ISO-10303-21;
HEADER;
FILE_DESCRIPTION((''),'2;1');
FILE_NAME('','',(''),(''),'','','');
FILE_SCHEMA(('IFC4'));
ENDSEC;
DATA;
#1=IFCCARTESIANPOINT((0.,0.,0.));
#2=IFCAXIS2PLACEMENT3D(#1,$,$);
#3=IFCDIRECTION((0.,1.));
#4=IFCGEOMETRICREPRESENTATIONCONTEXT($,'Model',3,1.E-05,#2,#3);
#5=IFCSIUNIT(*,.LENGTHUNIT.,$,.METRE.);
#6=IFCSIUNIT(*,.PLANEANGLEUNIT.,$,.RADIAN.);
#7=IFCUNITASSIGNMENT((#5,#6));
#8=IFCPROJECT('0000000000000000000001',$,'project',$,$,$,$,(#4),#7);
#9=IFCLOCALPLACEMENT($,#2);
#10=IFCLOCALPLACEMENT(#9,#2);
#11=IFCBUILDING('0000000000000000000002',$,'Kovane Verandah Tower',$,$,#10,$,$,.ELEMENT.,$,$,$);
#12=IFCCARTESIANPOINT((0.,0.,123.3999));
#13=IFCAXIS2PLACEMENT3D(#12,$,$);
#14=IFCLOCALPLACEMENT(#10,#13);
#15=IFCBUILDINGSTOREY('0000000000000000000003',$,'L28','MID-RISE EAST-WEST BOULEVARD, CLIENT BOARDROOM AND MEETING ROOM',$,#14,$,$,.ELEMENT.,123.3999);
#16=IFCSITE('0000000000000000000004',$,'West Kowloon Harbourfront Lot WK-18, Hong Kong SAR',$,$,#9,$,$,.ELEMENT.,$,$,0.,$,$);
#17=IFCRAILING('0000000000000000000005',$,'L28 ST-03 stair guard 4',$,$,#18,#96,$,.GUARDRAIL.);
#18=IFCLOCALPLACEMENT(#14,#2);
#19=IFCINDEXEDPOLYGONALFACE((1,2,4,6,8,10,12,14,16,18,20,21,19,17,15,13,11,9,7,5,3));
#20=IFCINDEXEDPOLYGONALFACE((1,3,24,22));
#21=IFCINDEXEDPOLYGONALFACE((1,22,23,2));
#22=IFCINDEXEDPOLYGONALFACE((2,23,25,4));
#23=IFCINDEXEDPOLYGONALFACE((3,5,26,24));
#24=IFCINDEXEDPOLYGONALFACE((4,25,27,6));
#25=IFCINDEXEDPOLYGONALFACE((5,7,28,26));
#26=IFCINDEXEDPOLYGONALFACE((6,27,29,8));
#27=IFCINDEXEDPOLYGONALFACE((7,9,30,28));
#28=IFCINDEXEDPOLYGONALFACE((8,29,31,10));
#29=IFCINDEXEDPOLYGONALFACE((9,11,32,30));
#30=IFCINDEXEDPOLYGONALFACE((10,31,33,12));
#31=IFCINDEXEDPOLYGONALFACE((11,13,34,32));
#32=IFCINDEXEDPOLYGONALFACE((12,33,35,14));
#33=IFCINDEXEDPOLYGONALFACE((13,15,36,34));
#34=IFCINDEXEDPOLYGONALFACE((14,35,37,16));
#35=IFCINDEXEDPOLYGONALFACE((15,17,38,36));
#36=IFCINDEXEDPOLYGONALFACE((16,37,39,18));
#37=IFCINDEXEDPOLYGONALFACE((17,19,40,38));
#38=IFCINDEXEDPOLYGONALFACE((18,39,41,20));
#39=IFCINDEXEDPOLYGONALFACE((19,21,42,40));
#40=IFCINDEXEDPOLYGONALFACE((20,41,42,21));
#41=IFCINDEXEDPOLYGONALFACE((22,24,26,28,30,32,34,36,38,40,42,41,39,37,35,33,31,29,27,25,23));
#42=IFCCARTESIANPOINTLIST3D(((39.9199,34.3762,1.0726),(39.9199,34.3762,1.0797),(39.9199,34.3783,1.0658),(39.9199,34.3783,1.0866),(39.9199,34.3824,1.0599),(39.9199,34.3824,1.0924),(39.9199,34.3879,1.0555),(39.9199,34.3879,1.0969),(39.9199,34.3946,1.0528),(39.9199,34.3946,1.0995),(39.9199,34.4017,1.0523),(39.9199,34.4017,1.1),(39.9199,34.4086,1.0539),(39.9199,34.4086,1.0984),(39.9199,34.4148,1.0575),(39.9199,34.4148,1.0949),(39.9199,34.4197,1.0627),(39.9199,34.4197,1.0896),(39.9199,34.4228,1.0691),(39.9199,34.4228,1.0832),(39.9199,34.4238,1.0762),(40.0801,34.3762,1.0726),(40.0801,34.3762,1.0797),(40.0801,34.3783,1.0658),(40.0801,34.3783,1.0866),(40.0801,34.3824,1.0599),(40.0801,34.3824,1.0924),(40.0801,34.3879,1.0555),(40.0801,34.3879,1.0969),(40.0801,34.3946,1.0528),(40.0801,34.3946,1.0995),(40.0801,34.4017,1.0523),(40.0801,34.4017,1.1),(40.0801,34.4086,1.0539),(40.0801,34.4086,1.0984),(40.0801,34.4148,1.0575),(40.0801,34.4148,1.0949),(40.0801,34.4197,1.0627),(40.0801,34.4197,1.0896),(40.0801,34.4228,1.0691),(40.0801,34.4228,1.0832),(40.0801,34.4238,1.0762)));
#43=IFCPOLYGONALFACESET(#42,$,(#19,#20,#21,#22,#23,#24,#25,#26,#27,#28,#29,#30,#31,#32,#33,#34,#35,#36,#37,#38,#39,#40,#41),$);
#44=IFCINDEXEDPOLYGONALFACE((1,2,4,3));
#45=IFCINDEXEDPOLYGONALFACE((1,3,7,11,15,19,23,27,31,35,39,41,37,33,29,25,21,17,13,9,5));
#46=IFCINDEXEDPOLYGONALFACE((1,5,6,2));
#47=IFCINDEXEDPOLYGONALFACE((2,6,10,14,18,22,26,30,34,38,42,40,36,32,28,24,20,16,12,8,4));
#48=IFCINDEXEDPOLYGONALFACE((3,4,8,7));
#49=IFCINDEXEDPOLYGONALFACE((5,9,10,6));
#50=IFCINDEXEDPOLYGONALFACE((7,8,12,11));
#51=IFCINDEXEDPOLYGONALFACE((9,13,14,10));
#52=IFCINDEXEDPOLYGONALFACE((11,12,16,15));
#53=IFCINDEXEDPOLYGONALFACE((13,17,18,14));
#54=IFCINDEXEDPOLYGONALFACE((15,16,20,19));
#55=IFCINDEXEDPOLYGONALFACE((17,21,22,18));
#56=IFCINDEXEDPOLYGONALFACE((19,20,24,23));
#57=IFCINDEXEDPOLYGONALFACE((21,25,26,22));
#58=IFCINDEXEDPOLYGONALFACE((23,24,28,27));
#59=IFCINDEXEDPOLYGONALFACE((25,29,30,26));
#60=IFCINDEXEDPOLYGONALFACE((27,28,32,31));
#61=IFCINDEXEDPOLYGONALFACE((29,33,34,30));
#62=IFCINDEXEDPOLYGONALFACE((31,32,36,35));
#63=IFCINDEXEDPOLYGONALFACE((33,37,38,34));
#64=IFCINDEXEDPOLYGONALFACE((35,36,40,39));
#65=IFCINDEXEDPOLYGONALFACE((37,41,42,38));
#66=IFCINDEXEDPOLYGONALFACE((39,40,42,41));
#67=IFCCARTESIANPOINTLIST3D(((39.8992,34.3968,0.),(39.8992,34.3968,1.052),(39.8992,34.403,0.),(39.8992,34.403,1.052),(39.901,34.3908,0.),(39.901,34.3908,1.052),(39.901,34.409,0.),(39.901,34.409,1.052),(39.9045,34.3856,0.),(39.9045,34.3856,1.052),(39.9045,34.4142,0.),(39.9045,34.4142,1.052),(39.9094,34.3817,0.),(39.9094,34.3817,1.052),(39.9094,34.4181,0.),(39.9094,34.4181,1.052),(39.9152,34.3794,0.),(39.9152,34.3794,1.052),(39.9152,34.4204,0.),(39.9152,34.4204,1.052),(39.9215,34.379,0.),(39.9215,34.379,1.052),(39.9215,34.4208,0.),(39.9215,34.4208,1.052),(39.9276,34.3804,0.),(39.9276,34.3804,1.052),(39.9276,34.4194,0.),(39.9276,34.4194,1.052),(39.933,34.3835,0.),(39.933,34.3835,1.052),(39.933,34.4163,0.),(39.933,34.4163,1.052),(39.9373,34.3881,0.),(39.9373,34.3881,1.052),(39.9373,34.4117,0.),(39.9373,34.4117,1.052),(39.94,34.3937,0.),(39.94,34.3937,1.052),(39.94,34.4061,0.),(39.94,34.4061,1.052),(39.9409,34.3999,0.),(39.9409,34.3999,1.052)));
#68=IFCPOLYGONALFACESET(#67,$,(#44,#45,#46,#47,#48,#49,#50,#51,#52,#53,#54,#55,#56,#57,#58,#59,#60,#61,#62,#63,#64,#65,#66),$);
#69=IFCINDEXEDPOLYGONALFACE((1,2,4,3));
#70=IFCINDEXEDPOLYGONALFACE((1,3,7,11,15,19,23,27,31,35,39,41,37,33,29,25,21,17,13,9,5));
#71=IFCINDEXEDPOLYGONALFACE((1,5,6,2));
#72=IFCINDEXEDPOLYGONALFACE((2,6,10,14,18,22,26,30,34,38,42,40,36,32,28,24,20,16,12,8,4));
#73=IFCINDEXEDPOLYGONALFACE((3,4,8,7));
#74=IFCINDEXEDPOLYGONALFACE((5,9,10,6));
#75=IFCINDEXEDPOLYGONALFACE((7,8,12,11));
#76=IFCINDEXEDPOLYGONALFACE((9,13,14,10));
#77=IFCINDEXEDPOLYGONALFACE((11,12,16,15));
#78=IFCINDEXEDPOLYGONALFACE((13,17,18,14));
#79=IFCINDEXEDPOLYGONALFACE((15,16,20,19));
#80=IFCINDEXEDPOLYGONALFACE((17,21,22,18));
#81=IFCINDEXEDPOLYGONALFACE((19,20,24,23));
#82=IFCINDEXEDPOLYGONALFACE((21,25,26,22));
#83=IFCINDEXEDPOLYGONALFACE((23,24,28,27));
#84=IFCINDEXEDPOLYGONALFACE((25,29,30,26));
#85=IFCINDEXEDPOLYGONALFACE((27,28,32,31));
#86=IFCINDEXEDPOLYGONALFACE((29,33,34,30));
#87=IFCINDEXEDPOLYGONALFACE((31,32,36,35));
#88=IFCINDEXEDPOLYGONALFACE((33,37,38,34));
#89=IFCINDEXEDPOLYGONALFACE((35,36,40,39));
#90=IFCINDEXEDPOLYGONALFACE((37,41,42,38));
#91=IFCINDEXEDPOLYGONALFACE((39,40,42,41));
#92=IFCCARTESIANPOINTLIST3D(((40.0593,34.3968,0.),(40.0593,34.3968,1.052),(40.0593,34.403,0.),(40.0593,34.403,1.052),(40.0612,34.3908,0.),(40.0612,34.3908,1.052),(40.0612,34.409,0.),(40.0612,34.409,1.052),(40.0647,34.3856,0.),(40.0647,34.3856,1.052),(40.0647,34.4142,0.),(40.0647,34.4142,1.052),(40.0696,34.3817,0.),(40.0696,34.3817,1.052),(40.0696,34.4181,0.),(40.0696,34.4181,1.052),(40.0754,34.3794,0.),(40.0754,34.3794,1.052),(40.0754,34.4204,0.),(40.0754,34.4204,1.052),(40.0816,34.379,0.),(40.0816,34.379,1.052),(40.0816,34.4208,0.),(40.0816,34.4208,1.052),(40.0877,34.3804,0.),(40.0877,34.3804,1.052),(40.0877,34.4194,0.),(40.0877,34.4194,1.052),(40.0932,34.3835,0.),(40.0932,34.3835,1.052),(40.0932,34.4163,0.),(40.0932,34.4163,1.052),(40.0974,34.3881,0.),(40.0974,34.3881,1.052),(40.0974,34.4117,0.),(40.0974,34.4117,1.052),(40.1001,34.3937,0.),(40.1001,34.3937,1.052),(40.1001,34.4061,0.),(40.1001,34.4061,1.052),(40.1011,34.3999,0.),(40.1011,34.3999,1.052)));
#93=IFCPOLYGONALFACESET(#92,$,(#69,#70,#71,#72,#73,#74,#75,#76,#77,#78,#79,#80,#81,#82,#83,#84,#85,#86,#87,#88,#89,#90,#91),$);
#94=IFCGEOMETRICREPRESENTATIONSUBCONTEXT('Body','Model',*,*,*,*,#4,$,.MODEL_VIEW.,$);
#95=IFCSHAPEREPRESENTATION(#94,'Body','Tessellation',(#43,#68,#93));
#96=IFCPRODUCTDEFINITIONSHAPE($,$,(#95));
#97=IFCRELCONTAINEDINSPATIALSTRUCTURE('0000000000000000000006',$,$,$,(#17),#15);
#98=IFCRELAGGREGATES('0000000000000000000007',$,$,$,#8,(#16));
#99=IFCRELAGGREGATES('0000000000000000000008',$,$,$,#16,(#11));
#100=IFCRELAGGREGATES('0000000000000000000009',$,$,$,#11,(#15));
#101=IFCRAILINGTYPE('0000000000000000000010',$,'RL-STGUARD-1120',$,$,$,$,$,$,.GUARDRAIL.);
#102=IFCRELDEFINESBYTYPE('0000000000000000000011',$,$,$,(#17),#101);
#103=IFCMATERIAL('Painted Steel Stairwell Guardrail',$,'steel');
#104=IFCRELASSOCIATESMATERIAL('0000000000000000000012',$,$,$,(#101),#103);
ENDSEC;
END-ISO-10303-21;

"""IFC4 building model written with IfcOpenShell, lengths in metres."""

from ifc_helpers import new_model, si_unit, direction, frame, origin, origin_2d, place, context, subcontext, project, spatial, circle, extrude, material, type_object, element, save


model = new_model("IFC4")

# Units and contexts
model_context = context("Model", 3, precision=1e-05, world=origin(), true_north=direction((0.0, 1.0)))
body_context = subcontext(model_context, "Body", "Model", "MODEL_VIEW")
ifc_project = project(units=[si_unit("LENGTHUNIT", "METRE"), si_unit("PLANEANGLEUNIT", "RADIAN")], contexts=[model_context])

# Site, building, storey
site_placement = place(None, origin())
site = spatial("IfcSite", under=ifc_project, at=site_placement, Name="West Kowloon Harbourfront Lot WK-18, Hong Kong SAR", CompositionType="ELEMENT", RefElevation=0.0)
building_placement = place(site_placement, origin())
building = spatial("IfcBuilding", under=site, at=building_placement, Name="Kovane Verandah Tower", CompositionType="ELEMENT")
storey_placement = place(building_placement, frame((0.0, 0.0, 123.3999)))
storey = spatial("IfcBuildingStorey", under=building, at=storey_placement, Name="L28", Description="MID-RISE EAST-WEST BOULEVARD, CLIENT BOARDROOM AND MEETING ROOM", CompositionType="ELEMENT", Elevation=123.3999)

# Railing
ifc_material_1 = material(Name="Painted Steel Stairwell Guardrail", Category="steel")
railing_type_1 = type_object("IfcRailingType", Name="RL-STGUARD-1120", PredefinedType="GUARDRAIL", material=ifc_material_1)
railing_1_placement = place(storey_placement, frame((39.9199, 34.3999, 0.0)))
element("IfcRailing", 1, at=railing_1_placement, inside=storey, type_object=railing_type_1, Name="L28 ST-03 stair guard 4", PredefinedType="GUARDRAIL", context=body_context, shape_type="SweptSolid", body=[
    extrude(circle(Radius=0.0239, at=origin_2d()), frame((0.0, 0.0, 1.0762), z_axis=(1.0, 0.0, 0.0), x_axis=(0.0, 1.0, 0.0)), (0.0, 0.0, 1.0), 0.1602),
    extrude(circle(Radius=0.021, at=origin_2d()), origin(), (0.0, 0.0, 1.0), 1.052),
    extrude(circle(Radius=0.021, at=origin_2d()), frame((0.1602, 0.0, 0.0)), (0.0, 0.0, 1.0), 1.052),
])

save(model, "model.ifc")
